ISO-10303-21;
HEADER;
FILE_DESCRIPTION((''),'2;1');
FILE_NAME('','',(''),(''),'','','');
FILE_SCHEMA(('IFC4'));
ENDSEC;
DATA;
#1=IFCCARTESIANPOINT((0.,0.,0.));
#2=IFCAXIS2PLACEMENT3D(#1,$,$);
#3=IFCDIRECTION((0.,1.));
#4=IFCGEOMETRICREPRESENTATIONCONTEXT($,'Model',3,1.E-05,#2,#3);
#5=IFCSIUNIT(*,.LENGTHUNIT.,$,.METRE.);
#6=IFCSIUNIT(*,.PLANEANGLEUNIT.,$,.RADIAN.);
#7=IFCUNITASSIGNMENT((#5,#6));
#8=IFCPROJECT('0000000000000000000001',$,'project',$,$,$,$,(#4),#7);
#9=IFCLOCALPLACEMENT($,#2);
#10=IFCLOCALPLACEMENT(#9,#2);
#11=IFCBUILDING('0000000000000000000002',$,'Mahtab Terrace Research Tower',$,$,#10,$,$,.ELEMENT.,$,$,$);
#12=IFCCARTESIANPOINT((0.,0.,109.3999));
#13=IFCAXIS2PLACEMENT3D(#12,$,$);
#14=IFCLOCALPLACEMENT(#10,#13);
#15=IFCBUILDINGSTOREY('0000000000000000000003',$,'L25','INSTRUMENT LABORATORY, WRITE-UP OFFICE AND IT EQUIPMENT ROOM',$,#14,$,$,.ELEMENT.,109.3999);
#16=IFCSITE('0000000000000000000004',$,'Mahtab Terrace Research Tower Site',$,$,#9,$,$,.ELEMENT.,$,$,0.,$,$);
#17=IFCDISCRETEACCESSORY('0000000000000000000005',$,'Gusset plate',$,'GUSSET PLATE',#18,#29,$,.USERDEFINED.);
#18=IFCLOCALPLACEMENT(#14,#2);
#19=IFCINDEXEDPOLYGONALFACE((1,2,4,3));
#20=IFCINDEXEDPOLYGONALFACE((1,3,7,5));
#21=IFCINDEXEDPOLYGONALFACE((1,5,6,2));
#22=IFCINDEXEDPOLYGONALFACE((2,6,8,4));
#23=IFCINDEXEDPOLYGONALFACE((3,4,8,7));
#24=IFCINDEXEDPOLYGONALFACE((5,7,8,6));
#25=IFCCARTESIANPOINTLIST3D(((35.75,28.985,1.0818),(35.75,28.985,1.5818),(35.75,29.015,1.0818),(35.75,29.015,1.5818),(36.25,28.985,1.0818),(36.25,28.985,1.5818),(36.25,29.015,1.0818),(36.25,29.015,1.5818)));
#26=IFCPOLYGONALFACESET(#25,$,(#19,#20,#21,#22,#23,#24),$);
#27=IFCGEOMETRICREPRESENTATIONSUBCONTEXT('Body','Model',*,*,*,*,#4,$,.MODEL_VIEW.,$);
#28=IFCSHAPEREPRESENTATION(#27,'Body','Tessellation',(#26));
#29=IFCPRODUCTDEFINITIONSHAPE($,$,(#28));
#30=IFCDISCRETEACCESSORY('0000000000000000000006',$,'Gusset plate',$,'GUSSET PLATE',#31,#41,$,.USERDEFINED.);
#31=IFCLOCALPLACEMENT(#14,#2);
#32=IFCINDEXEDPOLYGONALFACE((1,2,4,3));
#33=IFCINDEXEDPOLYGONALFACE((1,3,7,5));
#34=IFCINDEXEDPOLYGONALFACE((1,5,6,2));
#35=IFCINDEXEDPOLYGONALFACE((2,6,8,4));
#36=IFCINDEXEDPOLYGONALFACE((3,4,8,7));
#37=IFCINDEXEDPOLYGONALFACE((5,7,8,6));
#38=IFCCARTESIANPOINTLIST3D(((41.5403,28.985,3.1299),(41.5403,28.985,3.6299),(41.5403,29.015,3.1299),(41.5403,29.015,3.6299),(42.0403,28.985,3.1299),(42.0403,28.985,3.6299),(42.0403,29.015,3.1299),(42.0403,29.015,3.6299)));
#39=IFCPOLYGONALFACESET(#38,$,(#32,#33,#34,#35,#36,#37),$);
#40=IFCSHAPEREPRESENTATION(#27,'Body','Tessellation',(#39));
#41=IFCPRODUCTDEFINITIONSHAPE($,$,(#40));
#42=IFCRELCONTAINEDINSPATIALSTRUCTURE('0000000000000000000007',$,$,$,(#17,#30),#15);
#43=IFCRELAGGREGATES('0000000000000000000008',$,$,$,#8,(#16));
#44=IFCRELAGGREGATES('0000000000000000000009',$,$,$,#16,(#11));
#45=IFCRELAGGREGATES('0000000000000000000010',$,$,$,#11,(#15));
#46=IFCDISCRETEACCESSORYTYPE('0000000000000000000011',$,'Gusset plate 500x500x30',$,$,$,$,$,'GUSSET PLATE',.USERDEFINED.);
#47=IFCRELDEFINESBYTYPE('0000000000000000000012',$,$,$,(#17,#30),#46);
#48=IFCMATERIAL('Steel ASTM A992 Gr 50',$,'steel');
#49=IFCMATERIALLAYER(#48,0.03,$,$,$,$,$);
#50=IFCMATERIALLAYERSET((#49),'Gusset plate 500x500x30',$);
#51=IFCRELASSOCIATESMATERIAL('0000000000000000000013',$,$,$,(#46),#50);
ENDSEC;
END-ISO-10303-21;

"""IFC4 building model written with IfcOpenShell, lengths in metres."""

from ifc_helpers import new_model, si_unit, direction, frame, origin, origin_2d, place, context, subcontext, project, spatial, rectangle, extrude, material, layer, layer_set, type_object, element, save


model = new_model("IFC4")

# Units and contexts
model_context = context("Model", 3, precision=1e-05, world=origin(), true_north=direction((0.0, 1.0)))
body_context = subcontext(model_context, "Body", "Model", "MODEL_VIEW")
ifc_project = project(units=[si_unit("LENGTHUNIT", "METRE"), si_unit("PLANEANGLEUNIT", "RADIAN")], contexts=[model_context])

# Site, building, storey
site_placement = place(None, origin())
site = spatial("IfcSite", under=ifc_project, at=site_placement, Name="Mahtab Terrace Research Tower Site", CompositionType="ELEMENT", RefElevation=0.0)
building_placement = place(site_placement, origin())
building = spatial("IfcBuilding", under=site, at=building_placement, Name="Mahtab Terrace Research Tower", CompositionType="ELEMENT")
storey_placement = place(building_placement, frame((0.0, 0.0, 109.3999)))
storey = spatial("IfcBuildingStorey", under=building, at=storey_placement, Name="L25", Description="INSTRUMENT LABORATORY, WRITE-UP OFFICE AND IT EQUIPMENT ROOM", CompositionType="ELEMENT", Elevation=109.3999)

# Shared definitions
ifc_material_1 = material(Name="Steel ASTM A992 Gr 50", Category="steel")

# Discrete accessories
ifc_layer_1 = layer(ifc_material_1, 0.03)
ifc_layer_set_1 = layer_set([ifc_layer_1], Name="Gusset plate 500x500x30")
discrete_accessory_type = type_object("IfcDiscreteAccessoryType", Name="Gusset plate 500x500x30", ElementType="GUSSET PLATE", PredefinedType="USERDEFINED", material=ifc_layer_set_1)
for number, where, z_axis, x_axis, name in (
    (1, (36.0, 29.0, 1.0818), (0.0, 0.0, 1.0), (1.0, 0.0, 0.0), "Gusset plate"),
    (2, (41.7903, 29.0, 3.1299), (0.0, 0.0, 1.0), (1.0, 0.0, 0.0), "Gusset plate"),
):
    element("IfcDiscreteAccessory", number, at=place(storey_placement, frame(where, z_axis=z_axis, x_axis=x_axis)), inside=storey, type_object=discrete_accessory_type, Name=name, ObjectType="GUSSET PLATE", PredefinedType="USERDEFINED", context=body_context, shape_type="SweptSolid", body=[
        extrude(rectangle(XDim=0.5, YDim=0.03, at=origin_2d()), origin(), (0.0, 0.0, 1.0), 0.5),
    ])

save(model, "model.ifc")
